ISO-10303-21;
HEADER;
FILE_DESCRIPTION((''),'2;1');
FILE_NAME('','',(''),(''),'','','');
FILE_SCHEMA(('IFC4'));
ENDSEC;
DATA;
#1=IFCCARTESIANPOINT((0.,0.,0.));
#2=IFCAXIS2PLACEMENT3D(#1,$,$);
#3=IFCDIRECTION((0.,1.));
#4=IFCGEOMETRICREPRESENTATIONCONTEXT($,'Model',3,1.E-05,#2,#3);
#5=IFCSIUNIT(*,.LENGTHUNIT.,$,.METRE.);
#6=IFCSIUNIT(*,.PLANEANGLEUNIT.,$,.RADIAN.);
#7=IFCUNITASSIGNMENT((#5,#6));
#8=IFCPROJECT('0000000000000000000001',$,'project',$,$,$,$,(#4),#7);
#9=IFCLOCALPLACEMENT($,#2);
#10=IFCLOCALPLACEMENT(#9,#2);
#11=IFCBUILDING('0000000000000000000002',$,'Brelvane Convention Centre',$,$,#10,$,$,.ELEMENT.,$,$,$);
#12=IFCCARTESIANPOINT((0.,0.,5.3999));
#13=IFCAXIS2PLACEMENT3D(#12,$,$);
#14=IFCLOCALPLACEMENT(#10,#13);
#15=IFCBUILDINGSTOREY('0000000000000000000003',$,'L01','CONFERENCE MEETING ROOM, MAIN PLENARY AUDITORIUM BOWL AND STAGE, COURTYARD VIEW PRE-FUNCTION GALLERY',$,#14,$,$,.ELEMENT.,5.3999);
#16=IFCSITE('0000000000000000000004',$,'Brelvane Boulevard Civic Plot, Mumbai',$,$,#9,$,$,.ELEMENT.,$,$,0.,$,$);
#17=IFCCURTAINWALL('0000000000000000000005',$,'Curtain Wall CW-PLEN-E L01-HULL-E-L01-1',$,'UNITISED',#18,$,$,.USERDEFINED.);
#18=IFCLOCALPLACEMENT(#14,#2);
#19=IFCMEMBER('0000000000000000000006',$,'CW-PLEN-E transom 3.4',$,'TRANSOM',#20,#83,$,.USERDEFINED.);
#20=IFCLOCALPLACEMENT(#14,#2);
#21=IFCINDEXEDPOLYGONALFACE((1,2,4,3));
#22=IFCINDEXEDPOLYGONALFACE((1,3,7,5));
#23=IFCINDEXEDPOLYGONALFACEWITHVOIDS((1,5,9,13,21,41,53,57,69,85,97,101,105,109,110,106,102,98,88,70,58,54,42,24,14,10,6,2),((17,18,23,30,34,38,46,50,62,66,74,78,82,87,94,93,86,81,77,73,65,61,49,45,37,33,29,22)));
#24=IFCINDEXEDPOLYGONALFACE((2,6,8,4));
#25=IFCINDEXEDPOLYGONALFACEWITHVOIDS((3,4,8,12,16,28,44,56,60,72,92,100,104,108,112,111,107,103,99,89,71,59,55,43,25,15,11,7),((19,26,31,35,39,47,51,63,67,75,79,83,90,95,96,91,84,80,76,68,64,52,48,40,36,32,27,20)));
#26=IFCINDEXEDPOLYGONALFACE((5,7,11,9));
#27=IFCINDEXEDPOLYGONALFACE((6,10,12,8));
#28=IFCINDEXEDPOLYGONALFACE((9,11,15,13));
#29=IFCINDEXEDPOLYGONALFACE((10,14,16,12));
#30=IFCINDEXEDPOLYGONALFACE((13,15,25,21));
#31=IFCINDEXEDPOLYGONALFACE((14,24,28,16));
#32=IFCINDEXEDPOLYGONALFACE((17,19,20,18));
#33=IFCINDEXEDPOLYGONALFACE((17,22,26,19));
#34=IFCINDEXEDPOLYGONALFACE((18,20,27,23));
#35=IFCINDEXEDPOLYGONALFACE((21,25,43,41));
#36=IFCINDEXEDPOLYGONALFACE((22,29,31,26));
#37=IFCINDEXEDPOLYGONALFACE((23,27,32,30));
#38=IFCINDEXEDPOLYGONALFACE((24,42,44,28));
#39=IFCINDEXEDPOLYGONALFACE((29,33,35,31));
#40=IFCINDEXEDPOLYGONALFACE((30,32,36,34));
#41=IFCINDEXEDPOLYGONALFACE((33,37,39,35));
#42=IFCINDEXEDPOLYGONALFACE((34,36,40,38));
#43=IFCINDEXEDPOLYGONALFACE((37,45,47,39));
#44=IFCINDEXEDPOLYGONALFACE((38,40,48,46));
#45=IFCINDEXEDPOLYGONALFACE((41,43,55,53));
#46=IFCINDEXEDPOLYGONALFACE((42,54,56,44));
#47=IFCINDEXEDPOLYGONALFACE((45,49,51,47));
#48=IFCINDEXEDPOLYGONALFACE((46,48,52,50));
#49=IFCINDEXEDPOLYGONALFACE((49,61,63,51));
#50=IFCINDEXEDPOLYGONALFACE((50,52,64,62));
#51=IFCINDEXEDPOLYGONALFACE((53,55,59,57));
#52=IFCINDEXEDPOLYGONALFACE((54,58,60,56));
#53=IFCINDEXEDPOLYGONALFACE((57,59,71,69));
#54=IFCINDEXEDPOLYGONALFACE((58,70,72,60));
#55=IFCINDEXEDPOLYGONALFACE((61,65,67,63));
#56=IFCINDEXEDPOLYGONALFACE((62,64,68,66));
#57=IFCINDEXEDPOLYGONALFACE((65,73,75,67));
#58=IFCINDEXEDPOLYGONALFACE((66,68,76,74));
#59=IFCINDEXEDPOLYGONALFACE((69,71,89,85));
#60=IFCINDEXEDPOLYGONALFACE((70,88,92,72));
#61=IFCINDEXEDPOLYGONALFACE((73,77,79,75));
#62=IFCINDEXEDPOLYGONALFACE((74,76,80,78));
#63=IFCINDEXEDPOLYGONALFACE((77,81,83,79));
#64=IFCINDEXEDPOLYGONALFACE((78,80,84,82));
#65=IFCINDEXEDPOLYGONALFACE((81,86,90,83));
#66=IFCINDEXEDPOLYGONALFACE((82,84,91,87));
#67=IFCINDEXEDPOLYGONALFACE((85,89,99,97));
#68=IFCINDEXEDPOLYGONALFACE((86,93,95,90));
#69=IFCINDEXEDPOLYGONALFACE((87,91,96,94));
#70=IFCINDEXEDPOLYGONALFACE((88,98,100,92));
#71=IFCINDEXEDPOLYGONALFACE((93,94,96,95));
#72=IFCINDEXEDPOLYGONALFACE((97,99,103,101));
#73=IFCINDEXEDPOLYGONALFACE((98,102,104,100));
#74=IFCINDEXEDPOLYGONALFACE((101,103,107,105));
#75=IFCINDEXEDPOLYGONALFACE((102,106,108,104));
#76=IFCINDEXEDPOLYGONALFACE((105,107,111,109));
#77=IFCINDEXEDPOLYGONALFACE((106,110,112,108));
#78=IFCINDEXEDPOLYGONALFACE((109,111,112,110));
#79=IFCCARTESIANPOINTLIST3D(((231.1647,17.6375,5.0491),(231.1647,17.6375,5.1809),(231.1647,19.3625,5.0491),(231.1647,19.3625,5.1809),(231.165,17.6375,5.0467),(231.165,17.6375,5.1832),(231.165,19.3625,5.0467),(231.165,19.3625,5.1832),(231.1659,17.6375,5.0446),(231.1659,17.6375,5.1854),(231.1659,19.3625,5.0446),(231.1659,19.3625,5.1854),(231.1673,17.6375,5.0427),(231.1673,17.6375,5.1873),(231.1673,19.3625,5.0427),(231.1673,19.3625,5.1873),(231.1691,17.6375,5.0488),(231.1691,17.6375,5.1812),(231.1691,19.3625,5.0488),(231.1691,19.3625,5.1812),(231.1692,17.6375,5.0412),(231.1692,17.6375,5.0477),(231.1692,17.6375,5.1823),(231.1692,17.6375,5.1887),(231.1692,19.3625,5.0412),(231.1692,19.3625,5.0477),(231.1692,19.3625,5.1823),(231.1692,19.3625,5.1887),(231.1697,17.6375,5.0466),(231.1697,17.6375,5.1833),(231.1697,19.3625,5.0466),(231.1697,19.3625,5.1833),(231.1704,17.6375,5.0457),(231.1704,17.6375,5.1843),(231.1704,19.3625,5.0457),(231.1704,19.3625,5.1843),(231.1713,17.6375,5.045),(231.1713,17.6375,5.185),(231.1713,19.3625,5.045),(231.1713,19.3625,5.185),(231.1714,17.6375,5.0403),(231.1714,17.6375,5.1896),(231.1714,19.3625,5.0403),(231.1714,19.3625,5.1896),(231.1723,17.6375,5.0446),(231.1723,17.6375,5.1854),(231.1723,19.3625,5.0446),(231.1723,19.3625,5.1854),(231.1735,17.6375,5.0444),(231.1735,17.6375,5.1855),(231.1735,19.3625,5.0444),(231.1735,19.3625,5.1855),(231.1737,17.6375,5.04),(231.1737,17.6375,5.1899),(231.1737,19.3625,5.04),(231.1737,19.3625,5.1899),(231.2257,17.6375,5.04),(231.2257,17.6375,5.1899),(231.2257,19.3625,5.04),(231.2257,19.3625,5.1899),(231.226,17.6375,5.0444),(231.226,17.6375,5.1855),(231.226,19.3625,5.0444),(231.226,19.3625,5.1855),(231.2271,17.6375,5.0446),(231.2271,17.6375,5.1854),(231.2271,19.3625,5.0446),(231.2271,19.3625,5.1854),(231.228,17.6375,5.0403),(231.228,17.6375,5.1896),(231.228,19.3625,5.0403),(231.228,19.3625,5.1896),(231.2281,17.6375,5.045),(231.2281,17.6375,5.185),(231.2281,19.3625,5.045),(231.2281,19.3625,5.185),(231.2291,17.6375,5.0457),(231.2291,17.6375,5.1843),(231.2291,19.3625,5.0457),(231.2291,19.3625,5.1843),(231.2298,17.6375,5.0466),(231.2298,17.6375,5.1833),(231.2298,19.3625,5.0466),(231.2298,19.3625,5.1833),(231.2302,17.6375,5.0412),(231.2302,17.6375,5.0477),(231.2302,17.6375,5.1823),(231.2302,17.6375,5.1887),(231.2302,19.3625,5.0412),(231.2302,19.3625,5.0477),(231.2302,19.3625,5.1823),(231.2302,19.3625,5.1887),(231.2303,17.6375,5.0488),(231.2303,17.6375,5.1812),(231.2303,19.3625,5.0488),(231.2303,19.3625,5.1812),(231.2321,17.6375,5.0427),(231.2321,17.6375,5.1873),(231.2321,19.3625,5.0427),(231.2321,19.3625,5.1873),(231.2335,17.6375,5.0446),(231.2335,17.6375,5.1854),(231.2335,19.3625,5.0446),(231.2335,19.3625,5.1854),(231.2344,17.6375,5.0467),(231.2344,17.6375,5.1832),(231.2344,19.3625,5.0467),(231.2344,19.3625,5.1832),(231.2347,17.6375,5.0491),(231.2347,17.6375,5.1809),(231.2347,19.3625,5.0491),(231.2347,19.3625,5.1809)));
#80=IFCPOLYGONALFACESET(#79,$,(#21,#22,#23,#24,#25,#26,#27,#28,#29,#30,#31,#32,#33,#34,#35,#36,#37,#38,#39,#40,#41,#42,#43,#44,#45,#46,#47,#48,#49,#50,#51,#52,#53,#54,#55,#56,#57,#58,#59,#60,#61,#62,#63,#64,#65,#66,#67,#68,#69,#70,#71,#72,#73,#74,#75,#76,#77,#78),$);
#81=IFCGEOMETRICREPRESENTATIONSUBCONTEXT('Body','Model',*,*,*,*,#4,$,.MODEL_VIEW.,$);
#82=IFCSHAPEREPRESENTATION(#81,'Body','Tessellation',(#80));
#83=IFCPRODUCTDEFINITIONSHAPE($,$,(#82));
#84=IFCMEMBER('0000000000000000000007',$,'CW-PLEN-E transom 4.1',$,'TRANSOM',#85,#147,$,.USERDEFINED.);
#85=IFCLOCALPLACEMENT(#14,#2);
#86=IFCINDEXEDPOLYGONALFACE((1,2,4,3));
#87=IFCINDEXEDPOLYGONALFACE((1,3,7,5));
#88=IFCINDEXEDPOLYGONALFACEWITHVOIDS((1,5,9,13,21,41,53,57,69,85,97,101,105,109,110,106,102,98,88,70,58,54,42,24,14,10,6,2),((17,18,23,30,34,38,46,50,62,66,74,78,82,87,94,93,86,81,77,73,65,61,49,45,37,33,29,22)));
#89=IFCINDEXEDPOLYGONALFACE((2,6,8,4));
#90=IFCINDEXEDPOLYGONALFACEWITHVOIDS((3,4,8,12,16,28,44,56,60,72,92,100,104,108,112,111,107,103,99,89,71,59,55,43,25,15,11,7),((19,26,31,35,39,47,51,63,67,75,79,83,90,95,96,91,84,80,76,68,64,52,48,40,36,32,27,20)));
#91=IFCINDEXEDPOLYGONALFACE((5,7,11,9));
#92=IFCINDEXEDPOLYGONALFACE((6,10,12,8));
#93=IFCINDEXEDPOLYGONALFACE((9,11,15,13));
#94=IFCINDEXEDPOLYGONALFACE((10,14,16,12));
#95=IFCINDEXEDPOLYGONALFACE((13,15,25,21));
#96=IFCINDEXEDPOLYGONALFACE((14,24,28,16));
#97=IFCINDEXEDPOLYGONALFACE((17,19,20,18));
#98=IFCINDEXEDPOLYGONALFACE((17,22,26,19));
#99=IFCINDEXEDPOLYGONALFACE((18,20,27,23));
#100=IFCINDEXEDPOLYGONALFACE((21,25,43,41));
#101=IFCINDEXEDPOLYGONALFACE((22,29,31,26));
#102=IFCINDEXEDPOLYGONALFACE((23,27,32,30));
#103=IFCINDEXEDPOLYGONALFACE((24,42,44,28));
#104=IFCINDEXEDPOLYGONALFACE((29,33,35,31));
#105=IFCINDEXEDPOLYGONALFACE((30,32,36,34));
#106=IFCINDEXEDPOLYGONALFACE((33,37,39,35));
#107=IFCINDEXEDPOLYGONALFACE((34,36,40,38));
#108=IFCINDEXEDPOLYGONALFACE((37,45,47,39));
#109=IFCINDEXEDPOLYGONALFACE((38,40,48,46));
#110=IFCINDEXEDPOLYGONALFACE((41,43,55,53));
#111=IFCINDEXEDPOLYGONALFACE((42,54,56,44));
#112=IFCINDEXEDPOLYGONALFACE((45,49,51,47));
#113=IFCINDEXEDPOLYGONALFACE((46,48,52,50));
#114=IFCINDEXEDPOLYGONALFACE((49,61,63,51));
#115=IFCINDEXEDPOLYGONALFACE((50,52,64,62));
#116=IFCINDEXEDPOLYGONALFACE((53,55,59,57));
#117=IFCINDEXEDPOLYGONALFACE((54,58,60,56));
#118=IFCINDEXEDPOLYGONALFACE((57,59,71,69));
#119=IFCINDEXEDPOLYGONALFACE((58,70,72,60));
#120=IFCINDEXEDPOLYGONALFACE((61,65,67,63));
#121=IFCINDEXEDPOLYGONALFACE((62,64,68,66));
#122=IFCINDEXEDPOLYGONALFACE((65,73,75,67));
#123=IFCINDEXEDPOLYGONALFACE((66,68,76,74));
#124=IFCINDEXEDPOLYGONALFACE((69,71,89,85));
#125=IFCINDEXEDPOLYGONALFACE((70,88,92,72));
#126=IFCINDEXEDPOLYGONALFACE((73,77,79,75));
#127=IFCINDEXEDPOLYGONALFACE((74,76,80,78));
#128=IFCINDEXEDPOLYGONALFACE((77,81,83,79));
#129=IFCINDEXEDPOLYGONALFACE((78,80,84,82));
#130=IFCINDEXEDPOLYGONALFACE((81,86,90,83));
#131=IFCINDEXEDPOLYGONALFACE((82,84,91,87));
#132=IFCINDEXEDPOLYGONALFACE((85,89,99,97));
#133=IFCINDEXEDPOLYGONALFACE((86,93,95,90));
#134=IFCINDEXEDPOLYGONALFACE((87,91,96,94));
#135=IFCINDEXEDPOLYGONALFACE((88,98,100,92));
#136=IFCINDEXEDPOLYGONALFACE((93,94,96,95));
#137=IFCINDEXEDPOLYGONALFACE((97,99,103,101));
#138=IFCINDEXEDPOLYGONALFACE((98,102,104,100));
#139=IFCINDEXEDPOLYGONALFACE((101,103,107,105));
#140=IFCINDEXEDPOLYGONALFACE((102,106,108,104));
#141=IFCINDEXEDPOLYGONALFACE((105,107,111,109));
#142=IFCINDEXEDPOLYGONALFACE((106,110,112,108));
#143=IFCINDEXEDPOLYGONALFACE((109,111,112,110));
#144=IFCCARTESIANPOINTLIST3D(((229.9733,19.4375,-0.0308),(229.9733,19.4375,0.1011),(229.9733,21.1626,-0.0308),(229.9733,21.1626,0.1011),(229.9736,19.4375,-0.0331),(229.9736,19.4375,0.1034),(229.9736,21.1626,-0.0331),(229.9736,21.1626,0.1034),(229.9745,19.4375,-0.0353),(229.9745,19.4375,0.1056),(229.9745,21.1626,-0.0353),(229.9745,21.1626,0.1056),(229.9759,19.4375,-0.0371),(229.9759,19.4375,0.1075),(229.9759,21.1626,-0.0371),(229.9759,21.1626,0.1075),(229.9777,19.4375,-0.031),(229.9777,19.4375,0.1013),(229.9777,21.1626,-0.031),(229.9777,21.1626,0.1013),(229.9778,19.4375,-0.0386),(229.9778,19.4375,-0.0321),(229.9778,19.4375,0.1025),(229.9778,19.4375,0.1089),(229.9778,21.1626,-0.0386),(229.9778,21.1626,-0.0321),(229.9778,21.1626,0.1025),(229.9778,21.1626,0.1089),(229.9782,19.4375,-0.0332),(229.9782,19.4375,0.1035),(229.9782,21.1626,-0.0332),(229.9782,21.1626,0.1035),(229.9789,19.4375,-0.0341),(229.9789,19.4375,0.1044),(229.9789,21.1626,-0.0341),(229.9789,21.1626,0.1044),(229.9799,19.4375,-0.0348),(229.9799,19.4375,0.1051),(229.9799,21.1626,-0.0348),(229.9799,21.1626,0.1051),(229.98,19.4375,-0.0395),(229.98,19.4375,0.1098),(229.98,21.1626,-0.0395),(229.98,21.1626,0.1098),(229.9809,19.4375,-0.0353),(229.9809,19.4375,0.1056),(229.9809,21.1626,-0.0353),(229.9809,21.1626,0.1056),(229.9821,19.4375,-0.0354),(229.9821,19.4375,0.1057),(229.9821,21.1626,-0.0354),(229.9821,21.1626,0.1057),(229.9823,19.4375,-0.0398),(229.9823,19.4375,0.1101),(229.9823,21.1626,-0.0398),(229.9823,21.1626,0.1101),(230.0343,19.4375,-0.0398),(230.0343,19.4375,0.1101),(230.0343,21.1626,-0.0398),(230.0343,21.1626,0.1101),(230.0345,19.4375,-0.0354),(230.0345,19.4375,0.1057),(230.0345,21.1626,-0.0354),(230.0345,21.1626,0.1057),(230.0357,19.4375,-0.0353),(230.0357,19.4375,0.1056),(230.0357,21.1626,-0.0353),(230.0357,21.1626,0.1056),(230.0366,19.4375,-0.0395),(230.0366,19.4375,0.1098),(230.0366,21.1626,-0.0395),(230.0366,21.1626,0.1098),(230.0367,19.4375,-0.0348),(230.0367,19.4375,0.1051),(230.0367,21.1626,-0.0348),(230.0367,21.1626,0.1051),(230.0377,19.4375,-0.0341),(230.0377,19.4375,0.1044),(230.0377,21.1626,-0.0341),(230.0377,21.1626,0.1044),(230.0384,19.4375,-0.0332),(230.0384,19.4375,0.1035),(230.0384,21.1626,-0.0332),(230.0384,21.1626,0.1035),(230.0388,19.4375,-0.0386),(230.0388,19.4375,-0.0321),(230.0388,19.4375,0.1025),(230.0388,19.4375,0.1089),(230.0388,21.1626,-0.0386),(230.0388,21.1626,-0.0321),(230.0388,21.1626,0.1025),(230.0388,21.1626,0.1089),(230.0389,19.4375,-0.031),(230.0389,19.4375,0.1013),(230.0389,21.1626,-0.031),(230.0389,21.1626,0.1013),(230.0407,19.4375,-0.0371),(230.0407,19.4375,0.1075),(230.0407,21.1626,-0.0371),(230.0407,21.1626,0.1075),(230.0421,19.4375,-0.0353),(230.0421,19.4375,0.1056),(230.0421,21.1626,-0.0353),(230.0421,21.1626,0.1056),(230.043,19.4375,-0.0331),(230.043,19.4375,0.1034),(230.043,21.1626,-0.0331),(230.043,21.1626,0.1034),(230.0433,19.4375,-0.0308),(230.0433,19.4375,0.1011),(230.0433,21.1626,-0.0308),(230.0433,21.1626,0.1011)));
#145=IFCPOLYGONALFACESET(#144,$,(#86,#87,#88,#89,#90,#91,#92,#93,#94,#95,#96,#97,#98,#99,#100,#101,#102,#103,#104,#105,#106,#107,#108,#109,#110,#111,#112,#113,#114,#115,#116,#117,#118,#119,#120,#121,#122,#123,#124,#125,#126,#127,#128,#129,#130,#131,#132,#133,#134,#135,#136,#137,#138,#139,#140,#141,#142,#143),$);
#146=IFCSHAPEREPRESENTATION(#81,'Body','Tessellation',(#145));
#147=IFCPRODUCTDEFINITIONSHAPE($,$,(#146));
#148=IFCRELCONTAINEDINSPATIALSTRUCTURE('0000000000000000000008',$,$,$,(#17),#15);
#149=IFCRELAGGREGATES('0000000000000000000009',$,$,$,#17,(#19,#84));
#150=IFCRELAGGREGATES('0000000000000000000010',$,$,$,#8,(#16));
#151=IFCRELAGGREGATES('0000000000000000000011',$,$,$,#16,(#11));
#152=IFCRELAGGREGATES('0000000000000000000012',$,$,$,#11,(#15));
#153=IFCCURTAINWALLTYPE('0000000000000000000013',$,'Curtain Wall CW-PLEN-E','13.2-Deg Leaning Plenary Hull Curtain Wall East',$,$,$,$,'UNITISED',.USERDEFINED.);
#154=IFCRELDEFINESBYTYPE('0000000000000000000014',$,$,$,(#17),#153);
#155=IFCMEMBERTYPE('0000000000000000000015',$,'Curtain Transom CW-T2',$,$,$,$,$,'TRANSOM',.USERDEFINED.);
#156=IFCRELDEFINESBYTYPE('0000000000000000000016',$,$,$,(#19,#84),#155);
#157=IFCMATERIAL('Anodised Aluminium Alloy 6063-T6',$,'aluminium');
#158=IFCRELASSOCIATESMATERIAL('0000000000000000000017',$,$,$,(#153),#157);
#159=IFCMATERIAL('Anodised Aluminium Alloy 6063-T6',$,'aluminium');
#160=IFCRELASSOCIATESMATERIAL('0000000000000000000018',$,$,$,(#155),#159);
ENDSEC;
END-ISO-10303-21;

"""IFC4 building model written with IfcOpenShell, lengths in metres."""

from ifc_helpers import new_model, si_unit, direction, frame, origin, origin_2d, place, context, subcontext, project, spatial, hollow_rectangle, extrude, material, material_profile, profile_set, type_object, element, aggregate, save


model = new_model("IFC4")

# Units and contexts
model_context = context("Model", 3, precision=1e-05, world=origin(), true_north=direction((0.0, 1.0)))
body_context = subcontext(model_context, "Body", "Model", "MODEL_VIEW")
ifc_project = project(units=[si_unit("LENGTHUNIT", "METRE"), si_unit("PLANEANGLEUNIT", "RADIAN")], contexts=[model_context])

# Site, building, storey
site_placement = place(None, origin())
site = spatial("IfcSite", under=ifc_project, at=site_placement, Name="Brelvane Boulevard Civic Plot, Mumbai", CompositionType="ELEMENT", RefElevation=0.0)
building_placement = place(site_placement, origin())
building = spatial("IfcBuilding", under=site, at=building_placement, Name="Brelvane Convention Centre", CompositionType="ELEMENT")
storey_placement = place(building_placement, frame((0.0, 0.0, 5.3999)))
storey = spatial("IfcBuildingStorey", under=building, at=storey_placement, Name="L01", Description="CONFERENCE MEETING ROOM, MAIN PLENARY AUDITORIUM BOWL AND STAGE, COURTYARD VIEW PRE-FUNCTION GALLERY", CompositionType="ELEMENT", Elevation=5.3999)

# Curtain wall, members
ifc_material_1 = material(Name="Anodised Aluminium Alloy 6063-T6", Category="aluminium")
curtain_wall_type = type_object("IfcCurtainWallType", Name="Curtain Wall CW-PLEN-E", Description="13.2-Deg Leaning Plenary Hull Curtain Wall East", ElementType="UNITISED", PredefinedType="USERDEFINED", material=ifc_material_1)
curtain_wall_placement = place(storey_placement, origin())
curtain_wall = element("IfcCurtainWall", 1, at=curtain_wall_placement, inside=storey, type_object=curtain_wall_type, Name="Curtain Wall CW-PLEN-E L01-HULL-E-L01-1", ObjectType="UNITISED", PredefinedType="USERDEFINED")
ifc_material_2 = material(Name="Anodised Aluminium Alloy 6063-T6", Category="aluminium")
ifc_material_profile_1 = material_profile(ifc_material_2, hollow_rectangle(XDim=0.0701, YDim=0.1499, WallThickness=0.0044, InnerFilletRadius=0.0044, OuterFilletRadius=0.009, at=origin_2d()), Name="ALU-T 150x70x4.5")
ifc_profile_set_1 = profile_set([ifc_material_profile_1], Name="Anodised Aluminium Alloy 6063-T6")
member_type_1 = type_object("IfcMemberType", Name="Curtain Transom CW-T2", ElementType="TRANSOM", PredefinedType="USERDEFINED", material=ifc_profile_set_1)
member_1_placement = place(storey_placement, frame((231.1997, 17.6375, 5.115), z_axis=(0.0, 1.0, 0.0), x_axis=(-1.0, 0.0, 0.0)))
member_1 = element("IfcMember", 2, at=member_1_placement, type_object=member_type_1, Name="CW-PLEN-E transom 3.4", ObjectType="TRANSOM", PredefinedType="USERDEFINED", context=body_context, shape_type="SweptSolid", body=[
    extrude(hollow_rectangle(XDim=0.0701, YDim=0.1499, WallThickness=0.0044, InnerFilletRadius=0.0044, OuterFilletRadius=0.009, at=origin_2d()), origin(), (0.0, 0.0, 1.0), 1.7251),
])
member_2_placement = place(storey_placement, frame((230.0083, 19.4375, 0.0352), z_axis=(0.0, 1.0, 0.0), x_axis=(-1.0, 0.0, 0.0)))
member_2 = element("IfcMember", 3, at=member_2_placement, type_object=member_type_1, Name="CW-PLEN-E transom 4.1", ObjectType="TRANSOM", PredefinedType="USERDEFINED", context=body_context, shape_type="SweptSolid", body=[
    extrude(hollow_rectangle(XDim=0.0701, YDim=0.1499, WallThickness=0.0044, InnerFilletRadius=0.0044, OuterFilletRadius=0.009, at=origin_2d()), origin(), (0.0, 0.0, 1.0), 1.7251),
])

aggregate(curtain_wall, [member_1, member_2])

save(model, "model.ifc")
